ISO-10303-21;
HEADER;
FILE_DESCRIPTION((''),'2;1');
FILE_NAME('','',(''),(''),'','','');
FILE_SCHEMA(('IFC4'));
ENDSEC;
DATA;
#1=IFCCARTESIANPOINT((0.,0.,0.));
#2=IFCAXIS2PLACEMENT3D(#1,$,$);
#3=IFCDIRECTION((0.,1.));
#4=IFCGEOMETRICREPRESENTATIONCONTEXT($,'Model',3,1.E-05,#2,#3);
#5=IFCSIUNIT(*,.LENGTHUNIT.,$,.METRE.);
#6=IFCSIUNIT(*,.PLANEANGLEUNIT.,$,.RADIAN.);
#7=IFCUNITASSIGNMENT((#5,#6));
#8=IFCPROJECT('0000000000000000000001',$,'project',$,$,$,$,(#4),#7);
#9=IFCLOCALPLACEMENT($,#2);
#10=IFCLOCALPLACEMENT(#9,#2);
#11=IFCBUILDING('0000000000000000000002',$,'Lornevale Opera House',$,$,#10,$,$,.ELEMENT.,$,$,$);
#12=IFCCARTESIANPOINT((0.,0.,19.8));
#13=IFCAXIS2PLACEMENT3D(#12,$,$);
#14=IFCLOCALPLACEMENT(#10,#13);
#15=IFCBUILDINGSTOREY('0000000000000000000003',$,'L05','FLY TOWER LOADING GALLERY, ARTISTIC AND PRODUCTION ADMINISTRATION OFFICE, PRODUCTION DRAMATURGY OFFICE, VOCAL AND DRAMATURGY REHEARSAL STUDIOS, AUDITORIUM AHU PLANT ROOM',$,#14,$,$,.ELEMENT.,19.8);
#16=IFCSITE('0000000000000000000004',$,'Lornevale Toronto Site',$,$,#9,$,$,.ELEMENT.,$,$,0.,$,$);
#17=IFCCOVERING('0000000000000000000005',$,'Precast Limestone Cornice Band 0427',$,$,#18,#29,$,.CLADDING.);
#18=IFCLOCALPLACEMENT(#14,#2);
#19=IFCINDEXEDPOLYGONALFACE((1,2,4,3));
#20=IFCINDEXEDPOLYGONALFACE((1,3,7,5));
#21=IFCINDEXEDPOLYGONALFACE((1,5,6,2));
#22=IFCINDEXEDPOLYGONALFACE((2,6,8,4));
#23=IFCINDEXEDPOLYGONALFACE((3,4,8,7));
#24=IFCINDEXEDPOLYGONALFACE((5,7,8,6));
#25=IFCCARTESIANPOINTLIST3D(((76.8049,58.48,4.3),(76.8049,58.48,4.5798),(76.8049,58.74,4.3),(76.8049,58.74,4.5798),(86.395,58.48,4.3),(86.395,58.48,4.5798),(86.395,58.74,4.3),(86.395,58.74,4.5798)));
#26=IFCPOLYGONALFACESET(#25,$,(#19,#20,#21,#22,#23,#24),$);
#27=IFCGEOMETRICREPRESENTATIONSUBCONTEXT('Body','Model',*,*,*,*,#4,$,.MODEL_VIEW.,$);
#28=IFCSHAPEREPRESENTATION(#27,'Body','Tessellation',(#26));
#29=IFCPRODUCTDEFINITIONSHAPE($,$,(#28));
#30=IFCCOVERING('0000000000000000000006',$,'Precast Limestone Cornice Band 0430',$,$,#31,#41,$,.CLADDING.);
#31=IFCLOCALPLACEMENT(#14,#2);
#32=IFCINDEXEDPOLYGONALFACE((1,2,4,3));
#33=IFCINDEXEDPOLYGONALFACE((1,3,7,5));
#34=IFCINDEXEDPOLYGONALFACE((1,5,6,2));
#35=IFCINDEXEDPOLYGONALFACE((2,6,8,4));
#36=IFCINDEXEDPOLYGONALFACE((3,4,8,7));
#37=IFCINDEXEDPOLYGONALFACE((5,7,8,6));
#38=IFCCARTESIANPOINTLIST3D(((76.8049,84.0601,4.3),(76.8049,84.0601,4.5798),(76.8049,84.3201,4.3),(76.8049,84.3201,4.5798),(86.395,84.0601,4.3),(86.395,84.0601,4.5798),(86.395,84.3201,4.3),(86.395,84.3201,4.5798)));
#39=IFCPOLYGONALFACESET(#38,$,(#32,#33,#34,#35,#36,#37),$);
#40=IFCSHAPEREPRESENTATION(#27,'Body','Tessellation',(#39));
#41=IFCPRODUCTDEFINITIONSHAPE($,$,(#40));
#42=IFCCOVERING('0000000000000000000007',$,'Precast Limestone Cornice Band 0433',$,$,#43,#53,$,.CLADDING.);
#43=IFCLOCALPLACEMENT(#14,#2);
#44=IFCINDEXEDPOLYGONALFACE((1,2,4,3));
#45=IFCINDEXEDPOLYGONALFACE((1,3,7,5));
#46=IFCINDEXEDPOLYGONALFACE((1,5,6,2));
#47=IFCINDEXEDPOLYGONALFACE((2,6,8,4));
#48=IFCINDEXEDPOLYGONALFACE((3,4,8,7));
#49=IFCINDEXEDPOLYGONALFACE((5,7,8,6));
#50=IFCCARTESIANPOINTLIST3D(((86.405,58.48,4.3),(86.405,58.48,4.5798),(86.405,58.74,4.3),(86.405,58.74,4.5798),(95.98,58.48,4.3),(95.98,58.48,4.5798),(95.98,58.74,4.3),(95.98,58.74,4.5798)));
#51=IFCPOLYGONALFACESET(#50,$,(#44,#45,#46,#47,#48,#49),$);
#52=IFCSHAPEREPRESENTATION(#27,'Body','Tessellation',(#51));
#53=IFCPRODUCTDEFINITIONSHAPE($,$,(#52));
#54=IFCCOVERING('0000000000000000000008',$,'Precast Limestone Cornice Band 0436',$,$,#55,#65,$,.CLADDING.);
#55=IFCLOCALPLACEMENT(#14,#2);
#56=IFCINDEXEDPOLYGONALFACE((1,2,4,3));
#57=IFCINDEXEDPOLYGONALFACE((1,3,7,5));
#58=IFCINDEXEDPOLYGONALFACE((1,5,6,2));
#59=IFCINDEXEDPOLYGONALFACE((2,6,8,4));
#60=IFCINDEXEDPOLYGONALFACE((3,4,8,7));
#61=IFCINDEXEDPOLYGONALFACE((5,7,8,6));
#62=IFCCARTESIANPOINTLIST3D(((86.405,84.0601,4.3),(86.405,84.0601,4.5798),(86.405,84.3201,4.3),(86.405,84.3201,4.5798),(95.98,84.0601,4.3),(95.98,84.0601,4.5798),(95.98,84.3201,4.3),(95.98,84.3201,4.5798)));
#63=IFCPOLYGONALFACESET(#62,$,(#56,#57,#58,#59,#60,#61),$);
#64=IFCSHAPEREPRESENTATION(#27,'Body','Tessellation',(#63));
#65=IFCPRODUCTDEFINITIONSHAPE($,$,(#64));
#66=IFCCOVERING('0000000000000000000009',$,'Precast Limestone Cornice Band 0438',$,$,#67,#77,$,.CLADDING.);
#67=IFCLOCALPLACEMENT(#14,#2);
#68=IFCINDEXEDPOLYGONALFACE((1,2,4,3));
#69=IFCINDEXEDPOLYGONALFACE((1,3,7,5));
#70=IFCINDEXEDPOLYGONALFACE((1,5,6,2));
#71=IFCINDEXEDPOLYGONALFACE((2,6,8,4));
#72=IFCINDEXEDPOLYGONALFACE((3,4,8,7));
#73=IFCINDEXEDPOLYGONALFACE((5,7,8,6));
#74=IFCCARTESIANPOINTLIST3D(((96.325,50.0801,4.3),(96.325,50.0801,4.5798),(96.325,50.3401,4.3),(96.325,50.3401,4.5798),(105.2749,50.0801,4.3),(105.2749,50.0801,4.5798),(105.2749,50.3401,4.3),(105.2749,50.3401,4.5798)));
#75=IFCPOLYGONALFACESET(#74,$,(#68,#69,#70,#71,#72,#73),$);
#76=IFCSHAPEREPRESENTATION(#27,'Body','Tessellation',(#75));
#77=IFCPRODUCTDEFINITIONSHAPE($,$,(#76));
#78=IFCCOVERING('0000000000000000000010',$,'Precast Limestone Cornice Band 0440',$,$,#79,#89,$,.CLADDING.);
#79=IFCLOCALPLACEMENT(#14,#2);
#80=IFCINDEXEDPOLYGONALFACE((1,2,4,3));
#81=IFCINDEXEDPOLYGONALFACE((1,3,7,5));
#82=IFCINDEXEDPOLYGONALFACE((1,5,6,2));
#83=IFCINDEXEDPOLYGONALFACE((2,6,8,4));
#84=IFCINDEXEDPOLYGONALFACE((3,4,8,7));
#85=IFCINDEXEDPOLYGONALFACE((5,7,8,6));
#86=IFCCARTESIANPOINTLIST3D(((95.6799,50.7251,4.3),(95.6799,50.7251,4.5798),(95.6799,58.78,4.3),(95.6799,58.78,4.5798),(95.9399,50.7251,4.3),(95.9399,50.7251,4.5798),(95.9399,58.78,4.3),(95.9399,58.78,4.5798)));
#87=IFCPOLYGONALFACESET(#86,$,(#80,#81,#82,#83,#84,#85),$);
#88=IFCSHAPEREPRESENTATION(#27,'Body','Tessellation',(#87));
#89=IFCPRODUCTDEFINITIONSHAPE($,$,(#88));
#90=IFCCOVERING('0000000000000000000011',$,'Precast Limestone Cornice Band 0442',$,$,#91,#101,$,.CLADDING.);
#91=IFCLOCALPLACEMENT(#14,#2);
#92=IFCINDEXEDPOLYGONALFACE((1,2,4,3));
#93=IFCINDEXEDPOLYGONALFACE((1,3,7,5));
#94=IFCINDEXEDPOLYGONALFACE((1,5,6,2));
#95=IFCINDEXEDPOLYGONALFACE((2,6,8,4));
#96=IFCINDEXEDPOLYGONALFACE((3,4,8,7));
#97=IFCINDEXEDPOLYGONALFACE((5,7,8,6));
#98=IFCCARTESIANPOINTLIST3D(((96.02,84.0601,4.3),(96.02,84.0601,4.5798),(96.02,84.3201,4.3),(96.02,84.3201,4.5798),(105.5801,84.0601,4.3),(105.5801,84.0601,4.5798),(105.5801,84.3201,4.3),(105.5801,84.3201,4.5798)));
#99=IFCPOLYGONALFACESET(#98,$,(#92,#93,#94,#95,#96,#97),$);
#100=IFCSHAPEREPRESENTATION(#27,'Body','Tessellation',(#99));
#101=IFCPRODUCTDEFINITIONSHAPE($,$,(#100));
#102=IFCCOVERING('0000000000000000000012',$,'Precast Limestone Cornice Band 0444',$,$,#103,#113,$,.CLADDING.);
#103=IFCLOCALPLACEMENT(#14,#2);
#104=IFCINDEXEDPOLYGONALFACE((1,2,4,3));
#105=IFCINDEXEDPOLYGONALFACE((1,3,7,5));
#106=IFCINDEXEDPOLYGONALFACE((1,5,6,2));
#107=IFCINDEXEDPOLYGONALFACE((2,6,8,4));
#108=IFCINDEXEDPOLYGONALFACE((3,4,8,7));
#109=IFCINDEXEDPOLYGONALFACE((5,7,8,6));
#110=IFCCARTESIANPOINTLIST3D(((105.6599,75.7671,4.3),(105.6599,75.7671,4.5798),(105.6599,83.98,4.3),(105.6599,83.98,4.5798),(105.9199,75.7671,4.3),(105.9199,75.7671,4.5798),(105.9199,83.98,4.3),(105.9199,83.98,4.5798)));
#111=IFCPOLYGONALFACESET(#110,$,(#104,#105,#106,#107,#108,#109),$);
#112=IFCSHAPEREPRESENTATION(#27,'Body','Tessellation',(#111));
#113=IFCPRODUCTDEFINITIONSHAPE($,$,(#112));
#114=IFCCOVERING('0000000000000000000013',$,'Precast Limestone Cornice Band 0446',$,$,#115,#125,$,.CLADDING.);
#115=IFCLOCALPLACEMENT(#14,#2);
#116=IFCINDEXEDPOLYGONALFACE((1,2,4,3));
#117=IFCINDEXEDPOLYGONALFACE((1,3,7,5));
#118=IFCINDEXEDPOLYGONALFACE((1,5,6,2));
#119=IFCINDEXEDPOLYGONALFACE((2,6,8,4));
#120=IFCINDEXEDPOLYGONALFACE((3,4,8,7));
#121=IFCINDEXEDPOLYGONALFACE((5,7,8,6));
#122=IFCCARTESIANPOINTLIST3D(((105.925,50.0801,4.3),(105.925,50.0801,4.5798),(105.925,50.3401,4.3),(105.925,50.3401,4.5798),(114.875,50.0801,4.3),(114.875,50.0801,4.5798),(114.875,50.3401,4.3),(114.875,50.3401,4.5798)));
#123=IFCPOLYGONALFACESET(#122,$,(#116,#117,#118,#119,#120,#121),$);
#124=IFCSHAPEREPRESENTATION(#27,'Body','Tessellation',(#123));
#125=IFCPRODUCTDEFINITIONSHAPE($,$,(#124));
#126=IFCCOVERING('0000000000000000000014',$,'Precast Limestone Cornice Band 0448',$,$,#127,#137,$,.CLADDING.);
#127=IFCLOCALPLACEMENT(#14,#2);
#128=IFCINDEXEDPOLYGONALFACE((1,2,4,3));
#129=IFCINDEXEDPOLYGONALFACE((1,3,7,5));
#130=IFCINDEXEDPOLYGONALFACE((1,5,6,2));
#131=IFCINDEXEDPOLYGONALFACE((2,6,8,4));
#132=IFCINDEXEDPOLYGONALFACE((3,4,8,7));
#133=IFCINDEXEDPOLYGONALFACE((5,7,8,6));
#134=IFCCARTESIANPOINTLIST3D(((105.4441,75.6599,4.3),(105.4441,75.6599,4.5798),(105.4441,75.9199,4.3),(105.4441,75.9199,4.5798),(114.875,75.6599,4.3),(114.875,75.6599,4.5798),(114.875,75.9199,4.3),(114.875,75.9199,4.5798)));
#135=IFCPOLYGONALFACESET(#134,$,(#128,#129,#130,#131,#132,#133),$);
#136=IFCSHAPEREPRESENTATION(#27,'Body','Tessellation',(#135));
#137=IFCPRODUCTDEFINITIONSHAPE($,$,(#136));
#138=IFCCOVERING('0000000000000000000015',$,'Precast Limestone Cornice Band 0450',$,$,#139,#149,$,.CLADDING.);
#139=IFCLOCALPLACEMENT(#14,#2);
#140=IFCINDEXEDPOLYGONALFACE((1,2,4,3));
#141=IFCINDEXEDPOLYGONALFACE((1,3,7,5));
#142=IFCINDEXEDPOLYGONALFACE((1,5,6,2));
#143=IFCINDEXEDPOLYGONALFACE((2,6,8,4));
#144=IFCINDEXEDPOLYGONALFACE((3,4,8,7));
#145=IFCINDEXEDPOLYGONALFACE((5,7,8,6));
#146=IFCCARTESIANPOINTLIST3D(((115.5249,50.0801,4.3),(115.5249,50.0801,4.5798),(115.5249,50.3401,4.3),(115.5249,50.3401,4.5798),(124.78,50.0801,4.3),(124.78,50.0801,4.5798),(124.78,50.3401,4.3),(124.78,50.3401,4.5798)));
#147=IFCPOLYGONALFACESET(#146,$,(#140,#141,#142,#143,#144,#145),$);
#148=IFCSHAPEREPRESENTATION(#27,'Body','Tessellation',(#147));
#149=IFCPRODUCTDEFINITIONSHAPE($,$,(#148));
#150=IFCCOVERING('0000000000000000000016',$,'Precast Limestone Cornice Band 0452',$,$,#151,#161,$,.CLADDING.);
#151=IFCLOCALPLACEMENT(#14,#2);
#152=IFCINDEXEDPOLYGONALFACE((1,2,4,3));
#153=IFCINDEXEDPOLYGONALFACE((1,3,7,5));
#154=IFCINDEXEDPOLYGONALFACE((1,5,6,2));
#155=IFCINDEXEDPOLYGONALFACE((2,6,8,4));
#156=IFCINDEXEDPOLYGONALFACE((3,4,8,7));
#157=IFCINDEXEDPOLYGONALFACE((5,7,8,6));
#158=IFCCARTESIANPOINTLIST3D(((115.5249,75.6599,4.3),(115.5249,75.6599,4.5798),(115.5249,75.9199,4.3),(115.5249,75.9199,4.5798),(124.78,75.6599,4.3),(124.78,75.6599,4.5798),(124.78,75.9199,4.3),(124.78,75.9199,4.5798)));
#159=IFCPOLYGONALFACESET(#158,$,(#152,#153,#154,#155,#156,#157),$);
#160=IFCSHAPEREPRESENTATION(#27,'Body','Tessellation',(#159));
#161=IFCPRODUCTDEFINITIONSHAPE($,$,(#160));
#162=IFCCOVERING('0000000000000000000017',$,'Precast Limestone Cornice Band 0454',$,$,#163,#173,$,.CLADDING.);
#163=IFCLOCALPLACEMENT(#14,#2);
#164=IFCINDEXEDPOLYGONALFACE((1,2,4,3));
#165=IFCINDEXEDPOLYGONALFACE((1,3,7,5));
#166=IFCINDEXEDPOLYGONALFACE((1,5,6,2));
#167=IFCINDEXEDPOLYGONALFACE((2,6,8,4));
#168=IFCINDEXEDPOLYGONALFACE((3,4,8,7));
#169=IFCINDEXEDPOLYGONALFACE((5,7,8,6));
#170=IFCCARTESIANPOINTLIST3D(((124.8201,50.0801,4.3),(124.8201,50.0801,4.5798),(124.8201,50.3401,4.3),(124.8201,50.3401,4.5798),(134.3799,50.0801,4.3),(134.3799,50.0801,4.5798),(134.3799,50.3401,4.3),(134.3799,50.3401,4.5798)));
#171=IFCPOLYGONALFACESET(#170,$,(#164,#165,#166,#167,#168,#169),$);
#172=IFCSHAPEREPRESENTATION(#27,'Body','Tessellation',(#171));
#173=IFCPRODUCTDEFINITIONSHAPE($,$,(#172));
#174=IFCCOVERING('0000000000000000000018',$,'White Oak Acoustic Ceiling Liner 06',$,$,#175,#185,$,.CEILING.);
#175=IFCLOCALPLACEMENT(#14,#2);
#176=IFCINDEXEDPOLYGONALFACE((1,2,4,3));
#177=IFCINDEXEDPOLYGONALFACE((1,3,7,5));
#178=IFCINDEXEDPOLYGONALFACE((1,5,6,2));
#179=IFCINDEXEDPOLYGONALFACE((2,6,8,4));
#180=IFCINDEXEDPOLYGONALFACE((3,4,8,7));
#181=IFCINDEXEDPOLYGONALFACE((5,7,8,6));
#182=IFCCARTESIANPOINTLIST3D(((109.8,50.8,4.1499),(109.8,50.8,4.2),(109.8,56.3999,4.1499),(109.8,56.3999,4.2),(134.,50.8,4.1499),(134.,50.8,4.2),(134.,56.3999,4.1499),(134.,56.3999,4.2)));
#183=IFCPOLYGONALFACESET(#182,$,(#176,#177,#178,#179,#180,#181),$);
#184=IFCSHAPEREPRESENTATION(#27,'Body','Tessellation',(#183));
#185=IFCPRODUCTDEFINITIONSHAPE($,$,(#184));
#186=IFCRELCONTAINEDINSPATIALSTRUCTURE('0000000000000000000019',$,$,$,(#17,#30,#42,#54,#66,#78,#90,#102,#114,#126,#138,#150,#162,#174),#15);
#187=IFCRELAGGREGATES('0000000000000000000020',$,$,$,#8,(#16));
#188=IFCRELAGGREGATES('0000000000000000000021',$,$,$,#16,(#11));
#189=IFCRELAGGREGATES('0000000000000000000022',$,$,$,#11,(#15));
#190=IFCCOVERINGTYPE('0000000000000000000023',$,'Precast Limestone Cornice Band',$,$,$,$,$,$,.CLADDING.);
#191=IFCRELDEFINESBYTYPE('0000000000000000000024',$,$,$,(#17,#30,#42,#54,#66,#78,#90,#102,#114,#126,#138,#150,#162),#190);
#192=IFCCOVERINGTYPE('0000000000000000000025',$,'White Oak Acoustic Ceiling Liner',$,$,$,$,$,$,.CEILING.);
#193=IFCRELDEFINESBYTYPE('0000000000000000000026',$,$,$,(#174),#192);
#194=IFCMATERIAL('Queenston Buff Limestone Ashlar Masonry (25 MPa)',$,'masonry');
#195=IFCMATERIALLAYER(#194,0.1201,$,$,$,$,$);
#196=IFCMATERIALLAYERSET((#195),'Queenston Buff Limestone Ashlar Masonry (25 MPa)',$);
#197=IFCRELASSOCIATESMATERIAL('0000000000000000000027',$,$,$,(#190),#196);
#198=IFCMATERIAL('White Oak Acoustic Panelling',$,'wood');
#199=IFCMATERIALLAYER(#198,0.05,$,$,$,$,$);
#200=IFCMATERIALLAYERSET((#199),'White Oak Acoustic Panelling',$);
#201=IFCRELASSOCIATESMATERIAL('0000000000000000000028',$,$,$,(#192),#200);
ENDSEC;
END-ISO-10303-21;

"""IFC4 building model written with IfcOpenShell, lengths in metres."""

from ifc_helpers import new_model, si_unit, direction, frame, origin, place, context, subcontext, project, spatial, polyline, outline, extrude, material, layer, layer_set, type_object, element, save


model = new_model("IFC4")

# Units and contexts
model_context = context("Model", 3, precision=1e-05, world=origin(), true_north=direction((0.0, 1.0)))
body_context = subcontext(model_context, "Body", "Model", "MODEL_VIEW")
ifc_project = project(units=[si_unit("LENGTHUNIT", "METRE"), si_unit("PLANEANGLEUNIT", "RADIAN")], contexts=[model_context])

# Site, building, storey
site_placement = place(None, origin())
site = spatial("IfcSite", under=ifc_project, at=site_placement, Name="Lornevale Toronto Site", CompositionType="ELEMENT", RefElevation=0.0)
building_placement = place(site_placement, origin())
building = spatial("IfcBuilding", under=site, at=building_placement, Name="Lornevale Opera House", CompositionType="ELEMENT")
storey_placement = place(building_placement, frame((0.0, 0.0, 19.8)))
storey = spatial("IfcBuildingStorey", under=building, at=storey_placement, Name="L05", Description="FLY TOWER LOADING GALLERY, ARTISTIC AND PRODUCTION ADMINISTRATION OFFICE, PRODUCTION DRAMATURGY OFFICE, VOCAL AND DRAMATURGY REHEARSAL STUDIOS, AUDITORIUM AHU PLANT ROOM", CompositionType="ELEMENT", Elevation=19.8)

# Coverings
ifc_material_1 = material(Name="Queenston Buff Limestone Ashlar Masonry (25 MPa)", Category="masonry")
ifc_layer_1 = layer(ifc_material_1, 0.1201)
ifc_layer_set_1 = layer_set([ifc_layer_1], Name="Queenston Buff Limestone Ashlar Masonry (25 MPa)")
covering_type_1 = type_object("IfcCoveringType", Name="Precast Limestone Cornice Band", PredefinedType="CLADDING", material=ifc_layer_set_1)
covering_1_placement = place(storey_placement, frame((0.0, 0.0, 4.3)))
element("IfcCovering", 1, at=covering_1_placement, inside=storey, type_object=covering_type_1, Name="Precast Limestone Cornice Band 0427", PredefinedType="CLADDING", context=body_context, shape_type="SweptSolid", body=[
    extrude(outline(polyline([(86.395, 58.74), (76.8049, 58.74), (76.8049, 58.48), (86.395, 58.48), (86.395, 58.74)])), origin(), (0.0, 0.0, 1.0), 0.2798),
])
covering_2_placement = place(storey_placement, frame((0.0, 0.0, 4.3)))
element("IfcCovering", 2, at=covering_2_placement, inside=storey, type_object=covering_type_1, Name="Precast Limestone Cornice Band 0430", PredefinedType="CLADDING", context=body_context, shape_type="SweptSolid", body=[
    extrude(outline(polyline([(76.8049, 84.0601), (86.395, 84.0601), (86.395, 84.3201), (76.8049, 84.3201), (76.8049, 84.0601)])), origin(), (0.0, 0.0, 1.0), 0.2798),
])
covering_3_placement = place(storey_placement, frame((0.0, 0.0, 4.3)))
element("IfcCovering", 3, at=covering_3_placement, inside=storey, type_object=covering_type_1, Name="Precast Limestone Cornice Band 0433", PredefinedType="CLADDING", context=body_context, shape_type="SweptSolid", body=[
    extrude(outline(polyline([(95.98, 58.74), (86.405, 58.74), (86.405, 58.48), (95.98, 58.48), (95.98, 58.74)])), origin(), (0.0, 0.0, 1.0), 0.2798),
])
covering_4_placement = place(storey_placement, frame((0.0, 0.0, 4.3)))
element("IfcCovering", 4, at=covering_4_placement, inside=storey, type_object=covering_type_1, Name="Precast Limestone Cornice Band 0436", PredefinedType="CLADDING", context=body_context, shape_type="SweptSolid", body=[
    extrude(outline(polyline([(86.405, 84.0601), (95.98, 84.0601), (95.98, 84.3201), (86.405, 84.3201), (86.405, 84.0601)])), origin(), (0.0, 0.0, 1.0), 0.2798),
])
covering_5_placement = place(storey_placement, frame((0.0, 0.0, 4.3)))
element("IfcCovering", 5, at=covering_5_placement, inside=storey, type_object=covering_type_1, Name="Precast Limestone Cornice Band 0438", PredefinedType="CLADDING", context=body_context, shape_type="SweptSolid", body=[
    extrude(outline(polyline([(105.2749, 50.3401), (96.325, 50.3401), (96.325, 50.0801), (105.2749, 50.0801), (105.2749, 50.3401)])), origin(), (0.0, 0.0, 1.0), 0.2798),
])
covering_6_placement = place(storey_placement, frame((0.0, 0.0, 4.3)))
element("IfcCovering", 6, at=covering_6_placement, inside=storey, type_object=covering_type_1, Name="Precast Limestone Cornice Band 0440", PredefinedType="CLADDING", context=body_context, shape_type="SweptSolid", body=[
    extrude(outline(polyline([(95.9399, 50.7251), (95.9399, 58.78), (95.6799, 58.78), (95.6799, 50.7251), (95.9399, 50.7251)])), origin(), (0.0, 0.0, 1.0), 0.2798),
])
covering_7_placement = place(storey_placement, frame((0.0, 0.0, 4.3)))
element("IfcCovering", 7, at=covering_7_placement, inside=storey, type_object=covering_type_1, Name="Precast Limestone Cornice Band 0442", PredefinedType="CLADDING", context=body_context, shape_type="SweptSolid", body=[
    extrude(outline(polyline([(96.02, 84.0601), (105.5801, 84.0601), (105.5801, 84.3201), (96.02, 84.3201), (96.02, 84.0601)])), origin(), (0.0, 0.0, 1.0), 0.2798),
])
covering_8_placement = place(storey_placement, frame((0.0, 0.0, 4.3)))
element("IfcCovering", 8, at=covering_8_placement, inside=storey, type_object=covering_type_1, Name="Precast Limestone Cornice Band 0444", PredefinedType="CLADDING", context=body_context, shape_type="SweptSolid", body=[
    extrude(outline(polyline([(105.6599, 83.98), (105.6599, 75.7671), (105.9199, 75.7671), (105.9199, 83.98), (105.6599, 83.98)])), origin(), (0.0, 0.0, 1.0), 0.2798),
])
covering_9_placement = place(storey_placement, frame((0.0, 0.0, 4.3)))
element("IfcCovering", 9, at=covering_9_placement, inside=storey, type_object=covering_type_1, Name="Precast Limestone Cornice Band 0446", PredefinedType="CLADDING", context=body_context, shape_type="SweptSolid", body=[
    extrude(outline(polyline([(114.875, 50.3401), (105.925, 50.3401), (105.925, 50.0801), (114.875, 50.0801), (114.875, 50.3401)])), origin(), (0.0, 0.0, 1.0), 0.2798),
])
covering_10_placement = place(storey_placement, frame((0.0, 0.0, 4.3)))
element("IfcCovering", 10, at=covering_10_placement, inside=storey, type_object=covering_type_1, Name="Precast Limestone Cornice Band 0448", PredefinedType="CLADDING", context=body_context, shape_type="SweptSolid", body=[
    extrude(outline(polyline([(105.4441, 75.6599), (114.875, 75.6599), (114.875, 75.9199), (105.4441, 75.9199), (105.4441, 75.6599)])), origin(), (0.0, 0.0, 1.0), 0.2798),
])
covering_11_placement = place(storey_placement, frame((0.0, 0.0, 4.3)))
element("IfcCovering", 11, at=covering_11_placement, inside=storey, type_object=covering_type_1, Name="Precast Limestone Cornice Band 0450", PredefinedType="CLADDING", context=body_context, shape_type="SweptSolid", body=[
    extrude(outline(polyline([(124.78, 50.3401), (115.5249, 50.3401), (115.5249, 50.0801), (124.78, 50.0801), (124.78, 50.3401)])), origin(), (0.0, 0.0, 1.0), 0.2798),
])
covering_12_placement = place(storey_placement, frame((0.0, 0.0, 4.3)))
element("IfcCovering", 12, at=covering_12_placement, inside=storey, type_object=covering_type_1, Name="Precast Limestone Cornice Band 0452", PredefinedType="CLADDING", context=body_context, shape_type="SweptSolid", body=[
    extrude(outline(polyline([(115.5249, 75.6599), (124.78, 75.6599), (124.78, 75.9199), (115.5249, 75.9199), (115.5249, 75.6599)])), origin(), (0.0, 0.0, 1.0), 0.2798),
])
covering_13_placement = place(storey_placement, frame((0.0, 0.0, 4.3)))
element("IfcCovering", 13, at=covering_13_placement, inside=storey, type_object=covering_type_1, Name="Precast Limestone Cornice Band 0454", PredefinedType="CLADDING", context=body_context, shape_type="SweptSolid", body=[
    extrude(outline(polyline([(134.3799, 50.3401), (124.8201, 50.3401), (124.8201, 50.0801), (134.3799, 50.0801), (134.3799, 50.3401)])), origin(), (0.0, 0.0, 1.0), 0.2798),
])
ifc_material_2 = material(Name="White Oak Acoustic Panelling", Category="wood")
ifc_layer_2 = layer(ifc_material_2, 0.05)
ifc_layer_set_2 = layer_set([ifc_layer_2], Name="White Oak Acoustic Panelling")
covering_type_2 = type_object("IfcCoveringType", Name="White Oak Acoustic Ceiling Liner", PredefinedType="CEILING", material=ifc_layer_set_2)
covering_14_placement = place(storey_placement, frame((0.0, 0.0, 4.1499)))
element("IfcCovering", 14, at=covering_14_placement, inside=storey, type_object=covering_type_2, Name="White Oak Acoustic Ceiling Liner 06", PredefinedType="CEILING", context=body_context, shape_type="SweptSolid", body=[
    extrude(outline(polyline([(109.8, 50.8), (134.0, 50.8), (134.0, 56.3999), (109.8, 56.3999), (109.8, 50.8)])), origin(), (0.0, 0.0, 1.0), 0.05),
])

save(model, "model.ifc")
